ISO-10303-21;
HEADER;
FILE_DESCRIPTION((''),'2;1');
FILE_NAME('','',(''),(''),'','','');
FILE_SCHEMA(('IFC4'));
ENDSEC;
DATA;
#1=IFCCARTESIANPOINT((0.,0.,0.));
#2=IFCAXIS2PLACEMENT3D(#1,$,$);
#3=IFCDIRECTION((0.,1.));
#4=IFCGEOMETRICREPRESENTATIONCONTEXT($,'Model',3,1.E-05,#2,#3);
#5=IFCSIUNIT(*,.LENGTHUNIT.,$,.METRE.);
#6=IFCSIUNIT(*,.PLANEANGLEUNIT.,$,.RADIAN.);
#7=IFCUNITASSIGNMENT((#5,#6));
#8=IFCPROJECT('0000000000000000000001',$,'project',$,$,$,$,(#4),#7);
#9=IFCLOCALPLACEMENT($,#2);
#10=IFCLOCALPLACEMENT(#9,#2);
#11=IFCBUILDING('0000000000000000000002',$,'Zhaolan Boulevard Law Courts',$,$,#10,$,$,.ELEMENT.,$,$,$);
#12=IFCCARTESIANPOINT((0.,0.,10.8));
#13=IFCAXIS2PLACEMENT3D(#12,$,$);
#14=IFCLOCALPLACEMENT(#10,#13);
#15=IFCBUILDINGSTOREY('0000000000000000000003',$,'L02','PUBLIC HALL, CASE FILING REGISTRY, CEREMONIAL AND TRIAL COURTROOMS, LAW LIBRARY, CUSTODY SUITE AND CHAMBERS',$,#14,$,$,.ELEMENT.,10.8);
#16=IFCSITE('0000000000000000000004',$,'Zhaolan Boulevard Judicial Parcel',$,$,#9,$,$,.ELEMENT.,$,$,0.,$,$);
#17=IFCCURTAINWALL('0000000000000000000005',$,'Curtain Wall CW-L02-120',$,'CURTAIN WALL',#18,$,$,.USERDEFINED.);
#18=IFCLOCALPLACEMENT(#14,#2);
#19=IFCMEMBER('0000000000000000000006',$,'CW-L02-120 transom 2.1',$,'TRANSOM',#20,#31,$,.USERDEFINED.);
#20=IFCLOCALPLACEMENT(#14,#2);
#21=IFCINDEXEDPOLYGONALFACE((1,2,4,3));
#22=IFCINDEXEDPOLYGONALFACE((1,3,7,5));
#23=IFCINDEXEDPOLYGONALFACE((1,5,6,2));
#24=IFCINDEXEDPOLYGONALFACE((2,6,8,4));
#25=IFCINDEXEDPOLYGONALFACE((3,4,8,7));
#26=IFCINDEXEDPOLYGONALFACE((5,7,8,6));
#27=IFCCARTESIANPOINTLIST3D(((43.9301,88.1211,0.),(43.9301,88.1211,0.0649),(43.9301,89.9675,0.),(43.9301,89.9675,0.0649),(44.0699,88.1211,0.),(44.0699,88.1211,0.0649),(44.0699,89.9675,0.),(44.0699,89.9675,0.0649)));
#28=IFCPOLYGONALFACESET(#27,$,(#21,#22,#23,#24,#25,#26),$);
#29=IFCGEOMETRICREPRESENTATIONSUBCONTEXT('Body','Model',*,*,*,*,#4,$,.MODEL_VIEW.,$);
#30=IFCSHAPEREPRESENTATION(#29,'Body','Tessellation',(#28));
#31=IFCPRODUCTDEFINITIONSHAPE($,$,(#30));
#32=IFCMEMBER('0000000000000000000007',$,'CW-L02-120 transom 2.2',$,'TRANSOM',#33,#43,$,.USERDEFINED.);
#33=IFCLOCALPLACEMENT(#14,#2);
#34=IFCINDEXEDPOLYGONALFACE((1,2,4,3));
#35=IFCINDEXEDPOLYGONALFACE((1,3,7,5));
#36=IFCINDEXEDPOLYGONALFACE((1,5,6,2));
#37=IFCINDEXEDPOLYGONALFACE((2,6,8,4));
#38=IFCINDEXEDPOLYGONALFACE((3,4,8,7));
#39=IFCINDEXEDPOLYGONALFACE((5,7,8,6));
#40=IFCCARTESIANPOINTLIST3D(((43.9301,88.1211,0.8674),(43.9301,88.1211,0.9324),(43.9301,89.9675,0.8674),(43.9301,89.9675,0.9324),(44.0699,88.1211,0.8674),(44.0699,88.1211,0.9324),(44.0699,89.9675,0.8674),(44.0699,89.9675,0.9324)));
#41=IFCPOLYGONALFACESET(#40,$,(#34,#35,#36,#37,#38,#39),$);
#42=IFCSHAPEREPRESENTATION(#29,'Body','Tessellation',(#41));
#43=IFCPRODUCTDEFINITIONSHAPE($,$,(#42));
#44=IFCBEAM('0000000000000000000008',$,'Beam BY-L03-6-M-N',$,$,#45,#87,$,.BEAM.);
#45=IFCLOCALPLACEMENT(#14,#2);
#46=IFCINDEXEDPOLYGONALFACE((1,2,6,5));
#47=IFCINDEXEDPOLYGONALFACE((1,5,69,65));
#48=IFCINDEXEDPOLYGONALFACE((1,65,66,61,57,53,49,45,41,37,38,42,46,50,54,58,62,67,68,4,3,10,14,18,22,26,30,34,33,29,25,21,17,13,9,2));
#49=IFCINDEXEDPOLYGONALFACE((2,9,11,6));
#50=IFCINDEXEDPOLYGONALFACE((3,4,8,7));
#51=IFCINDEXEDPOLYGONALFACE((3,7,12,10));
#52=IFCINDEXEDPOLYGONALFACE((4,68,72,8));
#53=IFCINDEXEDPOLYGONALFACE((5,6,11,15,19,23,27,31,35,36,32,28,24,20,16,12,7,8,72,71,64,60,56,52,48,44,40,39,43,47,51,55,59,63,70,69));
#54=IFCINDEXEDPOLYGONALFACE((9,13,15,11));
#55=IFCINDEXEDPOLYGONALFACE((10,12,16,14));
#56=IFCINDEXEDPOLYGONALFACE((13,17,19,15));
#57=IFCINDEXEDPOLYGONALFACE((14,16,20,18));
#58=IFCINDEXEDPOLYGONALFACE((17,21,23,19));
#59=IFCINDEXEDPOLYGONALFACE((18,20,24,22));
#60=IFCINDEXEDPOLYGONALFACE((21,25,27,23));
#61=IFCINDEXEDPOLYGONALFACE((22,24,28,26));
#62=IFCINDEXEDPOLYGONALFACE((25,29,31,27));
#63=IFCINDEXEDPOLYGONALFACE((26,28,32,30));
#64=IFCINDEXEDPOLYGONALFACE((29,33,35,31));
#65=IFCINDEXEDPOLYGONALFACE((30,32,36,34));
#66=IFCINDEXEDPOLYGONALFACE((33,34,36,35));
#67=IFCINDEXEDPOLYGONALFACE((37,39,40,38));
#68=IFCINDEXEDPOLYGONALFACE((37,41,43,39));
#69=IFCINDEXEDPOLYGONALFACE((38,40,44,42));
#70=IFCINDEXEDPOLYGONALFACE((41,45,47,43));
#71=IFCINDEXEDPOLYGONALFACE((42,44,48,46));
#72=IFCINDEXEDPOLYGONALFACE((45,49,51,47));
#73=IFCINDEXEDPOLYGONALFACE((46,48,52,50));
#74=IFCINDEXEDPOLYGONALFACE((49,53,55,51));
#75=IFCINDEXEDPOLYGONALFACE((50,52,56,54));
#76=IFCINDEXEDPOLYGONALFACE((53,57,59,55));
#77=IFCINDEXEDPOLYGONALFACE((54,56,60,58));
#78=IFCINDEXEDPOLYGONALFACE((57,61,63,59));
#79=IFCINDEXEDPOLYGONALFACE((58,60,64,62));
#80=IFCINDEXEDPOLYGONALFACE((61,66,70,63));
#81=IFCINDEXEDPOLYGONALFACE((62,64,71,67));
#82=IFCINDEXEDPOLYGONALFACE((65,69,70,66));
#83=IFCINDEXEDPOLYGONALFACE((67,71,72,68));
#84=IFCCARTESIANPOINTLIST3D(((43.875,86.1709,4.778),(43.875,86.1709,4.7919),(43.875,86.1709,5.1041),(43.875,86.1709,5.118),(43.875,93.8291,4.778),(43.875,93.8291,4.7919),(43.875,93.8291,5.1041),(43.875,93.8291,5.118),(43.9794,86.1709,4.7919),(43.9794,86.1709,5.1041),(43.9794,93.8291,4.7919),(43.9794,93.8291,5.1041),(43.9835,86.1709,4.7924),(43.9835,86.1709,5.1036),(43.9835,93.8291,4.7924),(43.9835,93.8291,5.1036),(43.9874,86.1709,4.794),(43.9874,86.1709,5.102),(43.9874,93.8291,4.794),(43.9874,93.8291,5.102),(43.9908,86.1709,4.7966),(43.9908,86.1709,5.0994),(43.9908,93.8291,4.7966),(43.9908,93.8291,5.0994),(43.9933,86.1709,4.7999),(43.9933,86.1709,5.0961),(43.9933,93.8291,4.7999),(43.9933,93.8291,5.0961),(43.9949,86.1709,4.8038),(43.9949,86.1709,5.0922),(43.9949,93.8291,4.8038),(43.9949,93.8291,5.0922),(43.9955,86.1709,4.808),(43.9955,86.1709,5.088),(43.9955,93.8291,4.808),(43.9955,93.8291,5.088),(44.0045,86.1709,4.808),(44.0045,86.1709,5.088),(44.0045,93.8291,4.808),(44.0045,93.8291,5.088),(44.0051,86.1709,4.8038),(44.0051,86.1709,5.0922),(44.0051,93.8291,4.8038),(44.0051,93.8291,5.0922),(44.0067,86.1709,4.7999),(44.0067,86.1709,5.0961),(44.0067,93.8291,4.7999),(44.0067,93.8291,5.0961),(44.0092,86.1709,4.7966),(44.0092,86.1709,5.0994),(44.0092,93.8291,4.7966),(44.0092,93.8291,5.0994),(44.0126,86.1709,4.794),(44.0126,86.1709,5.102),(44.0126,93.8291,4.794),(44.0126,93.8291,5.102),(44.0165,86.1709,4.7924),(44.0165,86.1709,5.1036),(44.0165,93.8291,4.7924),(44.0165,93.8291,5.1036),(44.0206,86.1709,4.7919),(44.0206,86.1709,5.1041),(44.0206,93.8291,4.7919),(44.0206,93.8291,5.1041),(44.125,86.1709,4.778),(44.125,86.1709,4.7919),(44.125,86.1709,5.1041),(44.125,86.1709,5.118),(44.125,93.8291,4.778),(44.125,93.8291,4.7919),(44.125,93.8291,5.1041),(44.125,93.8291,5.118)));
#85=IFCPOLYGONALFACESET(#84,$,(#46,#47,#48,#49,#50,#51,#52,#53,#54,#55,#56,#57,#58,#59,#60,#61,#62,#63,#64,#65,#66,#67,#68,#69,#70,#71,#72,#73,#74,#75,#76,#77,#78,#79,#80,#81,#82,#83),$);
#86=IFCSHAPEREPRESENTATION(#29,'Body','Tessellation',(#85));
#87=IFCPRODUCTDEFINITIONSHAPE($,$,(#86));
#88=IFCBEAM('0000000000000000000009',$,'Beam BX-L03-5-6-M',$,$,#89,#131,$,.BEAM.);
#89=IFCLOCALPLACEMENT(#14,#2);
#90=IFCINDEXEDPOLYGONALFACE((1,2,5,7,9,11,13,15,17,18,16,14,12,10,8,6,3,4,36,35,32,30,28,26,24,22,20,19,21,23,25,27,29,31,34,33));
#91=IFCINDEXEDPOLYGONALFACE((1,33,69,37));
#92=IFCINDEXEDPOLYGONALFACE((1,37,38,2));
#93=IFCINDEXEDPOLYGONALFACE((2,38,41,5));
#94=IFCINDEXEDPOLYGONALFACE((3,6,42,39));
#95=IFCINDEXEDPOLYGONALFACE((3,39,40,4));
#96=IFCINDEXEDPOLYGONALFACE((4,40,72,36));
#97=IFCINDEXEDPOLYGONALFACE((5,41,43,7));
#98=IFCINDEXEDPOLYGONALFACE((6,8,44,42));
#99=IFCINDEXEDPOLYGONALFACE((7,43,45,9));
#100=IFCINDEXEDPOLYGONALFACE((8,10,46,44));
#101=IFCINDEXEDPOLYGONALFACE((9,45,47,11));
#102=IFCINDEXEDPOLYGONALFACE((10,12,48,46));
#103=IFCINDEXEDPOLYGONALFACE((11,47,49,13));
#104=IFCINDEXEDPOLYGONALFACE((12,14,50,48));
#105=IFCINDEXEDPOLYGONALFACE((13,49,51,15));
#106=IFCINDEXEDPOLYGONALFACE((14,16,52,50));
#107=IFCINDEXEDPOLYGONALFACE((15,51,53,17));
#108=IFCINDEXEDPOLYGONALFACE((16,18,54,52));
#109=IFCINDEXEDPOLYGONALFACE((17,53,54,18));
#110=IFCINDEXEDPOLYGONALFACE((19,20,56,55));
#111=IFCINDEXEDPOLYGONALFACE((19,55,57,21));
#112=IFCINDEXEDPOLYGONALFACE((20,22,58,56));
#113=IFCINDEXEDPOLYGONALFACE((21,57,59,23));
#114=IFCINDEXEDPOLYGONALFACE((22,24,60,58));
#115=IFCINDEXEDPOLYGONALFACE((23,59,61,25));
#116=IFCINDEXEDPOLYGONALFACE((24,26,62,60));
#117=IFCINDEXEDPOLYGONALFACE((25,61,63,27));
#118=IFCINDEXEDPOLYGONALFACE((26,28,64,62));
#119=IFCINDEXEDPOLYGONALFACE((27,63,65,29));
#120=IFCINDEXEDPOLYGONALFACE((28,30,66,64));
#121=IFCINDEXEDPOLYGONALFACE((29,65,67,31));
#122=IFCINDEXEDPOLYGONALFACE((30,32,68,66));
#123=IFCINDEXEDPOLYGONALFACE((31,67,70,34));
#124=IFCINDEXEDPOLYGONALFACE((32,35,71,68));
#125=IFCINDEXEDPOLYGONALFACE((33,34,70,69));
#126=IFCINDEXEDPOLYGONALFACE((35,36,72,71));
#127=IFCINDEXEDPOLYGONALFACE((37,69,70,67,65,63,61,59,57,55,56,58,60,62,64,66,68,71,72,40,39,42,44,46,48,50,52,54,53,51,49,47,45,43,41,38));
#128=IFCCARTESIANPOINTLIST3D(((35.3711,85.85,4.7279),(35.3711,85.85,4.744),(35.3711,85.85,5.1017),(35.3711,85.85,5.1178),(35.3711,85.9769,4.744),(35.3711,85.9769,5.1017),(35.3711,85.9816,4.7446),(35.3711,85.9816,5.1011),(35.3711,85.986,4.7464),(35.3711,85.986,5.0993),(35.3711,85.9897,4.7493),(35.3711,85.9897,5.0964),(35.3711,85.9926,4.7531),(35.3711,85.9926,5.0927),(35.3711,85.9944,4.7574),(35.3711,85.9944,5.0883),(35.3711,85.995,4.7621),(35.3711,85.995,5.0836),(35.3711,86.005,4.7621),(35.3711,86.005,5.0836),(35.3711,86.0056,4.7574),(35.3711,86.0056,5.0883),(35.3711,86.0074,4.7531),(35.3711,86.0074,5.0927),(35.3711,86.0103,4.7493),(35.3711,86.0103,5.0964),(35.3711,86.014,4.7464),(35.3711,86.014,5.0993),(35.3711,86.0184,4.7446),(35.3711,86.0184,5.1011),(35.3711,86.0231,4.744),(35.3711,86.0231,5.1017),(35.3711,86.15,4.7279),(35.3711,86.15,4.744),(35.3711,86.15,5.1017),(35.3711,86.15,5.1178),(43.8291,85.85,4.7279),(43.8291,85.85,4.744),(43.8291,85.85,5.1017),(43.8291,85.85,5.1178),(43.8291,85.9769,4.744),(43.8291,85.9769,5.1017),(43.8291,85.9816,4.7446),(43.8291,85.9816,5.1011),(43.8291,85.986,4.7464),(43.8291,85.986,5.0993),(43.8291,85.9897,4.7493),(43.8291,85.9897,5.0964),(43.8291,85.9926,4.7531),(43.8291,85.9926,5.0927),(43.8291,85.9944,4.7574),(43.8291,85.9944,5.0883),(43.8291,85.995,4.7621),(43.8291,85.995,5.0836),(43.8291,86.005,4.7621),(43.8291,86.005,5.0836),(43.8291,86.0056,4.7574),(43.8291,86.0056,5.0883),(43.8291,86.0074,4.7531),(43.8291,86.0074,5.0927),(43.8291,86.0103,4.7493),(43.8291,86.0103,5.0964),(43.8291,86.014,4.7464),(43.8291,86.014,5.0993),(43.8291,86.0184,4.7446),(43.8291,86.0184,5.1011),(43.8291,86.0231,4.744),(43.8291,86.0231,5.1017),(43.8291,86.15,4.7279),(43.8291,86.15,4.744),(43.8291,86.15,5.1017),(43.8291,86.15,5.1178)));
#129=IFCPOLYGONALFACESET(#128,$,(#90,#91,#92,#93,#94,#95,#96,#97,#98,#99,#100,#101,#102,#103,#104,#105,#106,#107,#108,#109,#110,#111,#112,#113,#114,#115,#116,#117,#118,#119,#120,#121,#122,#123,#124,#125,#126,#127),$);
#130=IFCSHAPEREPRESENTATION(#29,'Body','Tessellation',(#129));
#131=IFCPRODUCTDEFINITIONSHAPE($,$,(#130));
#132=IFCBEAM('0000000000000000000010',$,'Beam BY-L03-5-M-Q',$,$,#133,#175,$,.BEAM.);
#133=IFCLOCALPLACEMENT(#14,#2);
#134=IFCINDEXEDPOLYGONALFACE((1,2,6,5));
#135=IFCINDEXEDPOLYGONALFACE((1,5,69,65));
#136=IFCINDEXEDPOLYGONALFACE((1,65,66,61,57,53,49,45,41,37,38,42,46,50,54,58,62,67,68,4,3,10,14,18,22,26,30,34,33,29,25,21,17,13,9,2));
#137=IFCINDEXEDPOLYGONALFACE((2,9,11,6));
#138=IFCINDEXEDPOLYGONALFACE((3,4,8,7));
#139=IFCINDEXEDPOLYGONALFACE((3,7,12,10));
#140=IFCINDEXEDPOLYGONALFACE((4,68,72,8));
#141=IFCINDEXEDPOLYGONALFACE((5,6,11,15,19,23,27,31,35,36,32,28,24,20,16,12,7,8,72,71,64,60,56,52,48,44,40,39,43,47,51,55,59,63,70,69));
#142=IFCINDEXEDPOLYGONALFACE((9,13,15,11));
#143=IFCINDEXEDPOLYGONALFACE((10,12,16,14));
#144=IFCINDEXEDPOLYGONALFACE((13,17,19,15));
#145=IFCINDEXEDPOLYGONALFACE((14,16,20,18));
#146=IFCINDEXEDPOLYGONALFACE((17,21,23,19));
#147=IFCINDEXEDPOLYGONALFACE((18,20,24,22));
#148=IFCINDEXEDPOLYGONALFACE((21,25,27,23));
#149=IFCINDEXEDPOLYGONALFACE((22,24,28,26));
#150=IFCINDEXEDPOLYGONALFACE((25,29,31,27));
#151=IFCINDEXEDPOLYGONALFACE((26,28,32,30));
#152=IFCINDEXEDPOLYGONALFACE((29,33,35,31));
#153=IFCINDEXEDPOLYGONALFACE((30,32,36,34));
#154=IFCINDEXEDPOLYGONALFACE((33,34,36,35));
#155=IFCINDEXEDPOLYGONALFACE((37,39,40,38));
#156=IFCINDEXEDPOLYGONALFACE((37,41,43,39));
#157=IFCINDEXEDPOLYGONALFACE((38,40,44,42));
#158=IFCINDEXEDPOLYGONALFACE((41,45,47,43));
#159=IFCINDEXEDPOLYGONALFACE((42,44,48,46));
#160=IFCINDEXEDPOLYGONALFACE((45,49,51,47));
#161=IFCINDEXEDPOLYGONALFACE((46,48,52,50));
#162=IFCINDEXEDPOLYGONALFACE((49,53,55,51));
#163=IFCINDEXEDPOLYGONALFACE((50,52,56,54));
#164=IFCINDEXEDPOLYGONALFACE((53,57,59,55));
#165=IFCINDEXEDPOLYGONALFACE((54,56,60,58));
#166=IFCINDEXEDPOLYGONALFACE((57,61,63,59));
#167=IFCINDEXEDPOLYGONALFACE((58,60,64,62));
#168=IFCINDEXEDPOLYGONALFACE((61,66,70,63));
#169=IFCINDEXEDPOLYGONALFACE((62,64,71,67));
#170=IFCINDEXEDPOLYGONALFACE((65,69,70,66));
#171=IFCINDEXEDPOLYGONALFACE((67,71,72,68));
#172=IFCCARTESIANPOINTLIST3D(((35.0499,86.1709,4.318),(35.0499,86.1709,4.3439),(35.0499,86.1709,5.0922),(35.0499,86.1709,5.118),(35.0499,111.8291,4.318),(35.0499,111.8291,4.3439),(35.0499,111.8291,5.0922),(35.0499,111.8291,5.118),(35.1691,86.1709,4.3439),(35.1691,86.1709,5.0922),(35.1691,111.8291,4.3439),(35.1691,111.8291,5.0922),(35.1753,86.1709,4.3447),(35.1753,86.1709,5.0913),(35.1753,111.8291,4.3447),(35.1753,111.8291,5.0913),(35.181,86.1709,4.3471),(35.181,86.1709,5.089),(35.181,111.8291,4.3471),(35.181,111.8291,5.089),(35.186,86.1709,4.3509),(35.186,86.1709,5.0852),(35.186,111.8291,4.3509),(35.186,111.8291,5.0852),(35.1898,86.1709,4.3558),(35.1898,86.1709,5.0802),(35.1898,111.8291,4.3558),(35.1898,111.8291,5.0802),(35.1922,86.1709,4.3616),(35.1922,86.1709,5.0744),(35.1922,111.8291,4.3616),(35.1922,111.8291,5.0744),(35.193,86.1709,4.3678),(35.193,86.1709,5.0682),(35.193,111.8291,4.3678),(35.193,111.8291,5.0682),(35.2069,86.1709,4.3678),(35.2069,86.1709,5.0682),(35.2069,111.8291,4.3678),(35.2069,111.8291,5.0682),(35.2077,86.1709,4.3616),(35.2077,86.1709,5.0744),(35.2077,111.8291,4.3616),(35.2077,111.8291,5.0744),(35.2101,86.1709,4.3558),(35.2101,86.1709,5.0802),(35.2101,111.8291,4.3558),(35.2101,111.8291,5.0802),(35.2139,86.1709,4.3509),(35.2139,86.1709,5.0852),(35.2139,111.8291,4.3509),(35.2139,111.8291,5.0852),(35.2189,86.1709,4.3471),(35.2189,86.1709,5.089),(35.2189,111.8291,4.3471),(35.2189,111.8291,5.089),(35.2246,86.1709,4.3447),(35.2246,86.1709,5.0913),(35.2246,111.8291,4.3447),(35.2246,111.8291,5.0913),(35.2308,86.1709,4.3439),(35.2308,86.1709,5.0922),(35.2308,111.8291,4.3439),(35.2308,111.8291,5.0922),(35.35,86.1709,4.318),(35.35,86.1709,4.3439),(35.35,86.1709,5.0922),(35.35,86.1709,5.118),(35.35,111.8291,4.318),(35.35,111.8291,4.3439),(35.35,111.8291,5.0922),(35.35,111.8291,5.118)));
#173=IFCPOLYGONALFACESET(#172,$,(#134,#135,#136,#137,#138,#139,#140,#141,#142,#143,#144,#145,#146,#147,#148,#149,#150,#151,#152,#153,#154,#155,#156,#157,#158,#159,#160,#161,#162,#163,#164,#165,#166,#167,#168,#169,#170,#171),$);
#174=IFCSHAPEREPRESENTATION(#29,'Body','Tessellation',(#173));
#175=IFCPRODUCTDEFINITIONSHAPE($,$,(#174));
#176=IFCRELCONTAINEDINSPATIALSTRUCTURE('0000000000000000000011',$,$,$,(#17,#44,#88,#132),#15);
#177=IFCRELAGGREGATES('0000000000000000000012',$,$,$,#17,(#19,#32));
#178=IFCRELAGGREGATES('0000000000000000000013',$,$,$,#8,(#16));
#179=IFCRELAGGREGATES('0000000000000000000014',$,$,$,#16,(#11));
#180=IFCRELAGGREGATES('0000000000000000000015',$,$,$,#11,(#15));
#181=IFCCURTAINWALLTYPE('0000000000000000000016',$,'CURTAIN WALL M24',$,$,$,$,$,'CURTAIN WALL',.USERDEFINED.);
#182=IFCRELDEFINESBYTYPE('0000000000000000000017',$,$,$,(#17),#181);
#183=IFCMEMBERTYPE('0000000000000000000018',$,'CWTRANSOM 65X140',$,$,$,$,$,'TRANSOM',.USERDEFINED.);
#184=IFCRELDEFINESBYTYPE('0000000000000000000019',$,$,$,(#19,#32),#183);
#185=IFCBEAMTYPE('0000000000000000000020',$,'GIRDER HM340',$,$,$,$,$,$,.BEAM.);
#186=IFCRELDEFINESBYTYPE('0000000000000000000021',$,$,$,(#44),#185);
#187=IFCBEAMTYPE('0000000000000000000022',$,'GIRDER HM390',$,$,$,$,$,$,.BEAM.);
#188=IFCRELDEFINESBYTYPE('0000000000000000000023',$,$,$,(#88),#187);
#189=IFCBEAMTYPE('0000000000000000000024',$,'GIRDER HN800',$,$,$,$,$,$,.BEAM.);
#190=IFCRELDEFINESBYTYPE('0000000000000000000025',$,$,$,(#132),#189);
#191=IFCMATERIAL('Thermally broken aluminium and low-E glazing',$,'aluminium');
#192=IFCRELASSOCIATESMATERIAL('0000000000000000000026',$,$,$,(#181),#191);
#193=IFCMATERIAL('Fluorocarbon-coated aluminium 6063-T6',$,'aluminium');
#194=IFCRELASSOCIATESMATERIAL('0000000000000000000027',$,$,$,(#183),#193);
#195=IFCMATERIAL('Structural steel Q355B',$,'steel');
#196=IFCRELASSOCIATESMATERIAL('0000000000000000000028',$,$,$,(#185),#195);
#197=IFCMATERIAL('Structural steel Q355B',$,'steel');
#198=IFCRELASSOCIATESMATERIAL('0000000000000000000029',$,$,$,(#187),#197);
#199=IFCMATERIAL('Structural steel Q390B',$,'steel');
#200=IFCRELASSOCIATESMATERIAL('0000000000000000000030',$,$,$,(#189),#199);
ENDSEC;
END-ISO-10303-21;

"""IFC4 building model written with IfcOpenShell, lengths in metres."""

from ifc_helpers import new_model, si_unit, direction, frame, origin, origin_2d, place, context, subcontext, project, spatial, rectangle, i_section, extrude, material, material_profile, profile_set, type_object, element, aggregate, save


model = new_model("IFC4")

# Units and contexts
model_context = context("Model", 3, precision=1e-05, world=origin(), true_north=direction((0.0, 1.0)))
body_context = subcontext(model_context, "Body", "Model", "MODEL_VIEW")
ifc_project = project(units=[si_unit("LENGTHUNIT", "METRE"), si_unit("PLANEANGLEUNIT", "RADIAN")], contexts=[model_context])

# Site, building, storey
site_placement = place(None, origin())
site = spatial("IfcSite", under=ifc_project, at=site_placement, Name="Zhaolan Boulevard Judicial Parcel", CompositionType="ELEMENT", RefElevation=0.0)
building_placement = place(site_placement, origin())
building = spatial("IfcBuilding", under=site, at=building_placement, Name="Zhaolan Boulevard Law Courts", CompositionType="ELEMENT")
storey_placement = place(building_placement, frame((0.0, 0.0, 10.8)))
storey = spatial("IfcBuildingStorey", under=building, at=storey_placement, Name="L02", Description="PUBLIC HALL, CASE FILING REGISTRY, CEREMONIAL AND TRIAL COURTROOMS, LAW LIBRARY, CUSTODY SUITE AND CHAMBERS", CompositionType="ELEMENT", Elevation=10.8)

# Curtain wall, members
ifc_material_1 = material(Name="Thermally broken aluminium and low-E glazing", Category="aluminium")
curtain_wall_type_1 = type_object("IfcCurtainWallType", Name="CURTAIN WALL M24", ElementType="CURTAIN WALL", PredefinedType="USERDEFINED", material=ifc_material_1)
curtain_wall_1_placement = place(storey_placement, origin())
curtain_wall_1 = element("IfcCurtainWall", 1, at=curtain_wall_1_placement, inside=storey, type_object=curtain_wall_type_1, Name="Curtain Wall CW-L02-120", ObjectType="CURTAIN WALL", PredefinedType="USERDEFINED")
ifc_material_2 = material(Name="Fluorocarbon-coated aluminium 6063-T6", Category="aluminium")
ifc_material_profile_1 = material_profile(ifc_material_2, rectangle(XDim=0.1399, YDim=0.0649, at=origin_2d()), Name="AL65x140")
ifc_profile_set_1 = profile_set([ifc_material_profile_1], Name="Fluorocarbon-coated aluminium 6063-T6")
member_type_1 = type_object("IfcMemberType", Name="CWTRANSOM 65X140", ElementType="TRANSOM", PredefinedType="USERDEFINED", material=ifc_profile_set_1)
member_1_placement = place(storey_placement, frame((44.0, 88.1211, 0.0325), z_axis=(0.0, 1.0, 0.0), x_axis=(-1.0, 0.0, 0.0)))
member_1 = element("IfcMember", 2, at=member_1_placement, type_object=member_type_1, Name="CW-L02-120 transom 2.1", ObjectType="TRANSOM", PredefinedType="USERDEFINED", context=body_context, shape_type="SweptSolid", body=[
    extrude(rectangle(XDim=0.1399, YDim=0.0649, at=origin_2d()), origin(), (0.0, 0.0, 1.0), 1.8464),
])
member_2_placement = place(storey_placement, frame((44.0, 88.1211, 0.8999), z_axis=(0.0, 1.0, 0.0), x_axis=(-1.0, 0.0, 0.0)))
member_2 = element("IfcMember", 3, at=member_2_placement, type_object=member_type_1, Name="CW-L02-120 transom 2.2", ObjectType="TRANSOM", PredefinedType="USERDEFINED", context=body_context, shape_type="SweptSolid", body=[
    extrude(rectangle(XDim=0.1399, YDim=0.0649, at=origin_2d()), origin(), (0.0, 0.0, 1.0), 1.8464),
])

# Beams
ifc_material_3 = material(Name="Structural steel Q355B", Category="steel")
ifc_material_profile_2 = material_profile(ifc_material_3, i_section(OverallWidth=0.25, OverallDepth=0.3401, WebThickness=0.009, FlangeThickness=0.0139, FilletRadius=0.0161, at=origin_2d()), Name="HM340x250")
ifc_profile_set_2 = profile_set([ifc_material_profile_2], Name="Structural steel Q355B")
beam_type_1 = type_object("IfcBeamType", Name="GIRDER HM340", PredefinedType="BEAM", material=ifc_profile_set_2)
beam_1_placement = place(storey_placement, frame((44.0, 86.1709, 4.948), z_axis=(0.0, 1.0, 0.0), x_axis=(-1.0, 0.0, 0.0)))
element("IfcBeam", 4, at=beam_1_placement, inside=storey, type_object=beam_type_1, Name="Beam BY-L03-6-M-N", PredefinedType="BEAM", context=body_context, shape_type="SweptSolid", body=[
    extrude(i_section(OverallWidth=0.25, OverallDepth=0.3401, WebThickness=0.009, FlangeThickness=0.0139, FilletRadius=0.0161, at=origin_2d()), origin(), (0.0, 0.0, 1.0), 7.6582),
])
ifc_material_4 = material(Name="Structural steel Q355B", Category="steel")
ifc_material_profile_3 = material_profile(ifc_material_4, i_section(OverallWidth=0.3, OverallDepth=0.3899, WebThickness=0.01, FlangeThickness=0.0161, FilletRadius=0.0181, at=origin_2d()), Name="HM390x300")
ifc_profile_set_3 = profile_set([ifc_material_profile_3], Name="Structural steel Q355B")
beam_type_2 = type_object("IfcBeamType", Name="GIRDER HM390", PredefinedType="BEAM", material=ifc_profile_set_3)
beam_2_placement = place(storey_placement, frame((35.3711, 86.0, 4.9229), z_axis=(1.0, 0.0, 0.0), x_axis=(0.0, 1.0, 0.0)))
element("IfcBeam", 5, at=beam_2_placement, inside=storey, type_object=beam_type_2, Name="Beam BX-L03-5-6-M", PredefinedType="BEAM", context=body_context, shape_type="SweptSolid", body=[
    extrude(i_section(OverallWidth=0.3, OverallDepth=0.3899, WebThickness=0.01, FlangeThickness=0.0161, FilletRadius=0.0181, at=origin_2d()), origin(), (0.0, 0.0, 1.0), 8.458),
])
ifc_material_5 = material(Name="Structural steel Q390B", Category="steel")
ifc_material_profile_4 = material_profile(ifc_material_5, i_section(OverallWidth=0.3, OverallDepth=0.8, WebThickness=0.0139, FlangeThickness=0.0259, FilletRadius=0.0239, at=origin_2d()), Name="HN800x300")
ifc_profile_set_4 = profile_set([ifc_material_profile_4], Name="Structural steel Q390B")
beam_type_3 = type_object("IfcBeamType", Name="GIRDER HN800", PredefinedType="BEAM", material=ifc_profile_set_4)
beam_3_placement = place(storey_placement, frame((35.2, 86.1709, 4.718), z_axis=(0.0, 1.0, 0.0), x_axis=(-1.0, 0.0, 0.0)))
element("IfcBeam", 6, at=beam_3_placement, inside=storey, type_object=beam_type_3, Name="Beam BY-L03-5-M-Q", PredefinedType="BEAM", context=body_context, shape_type="SweptSolid", body=[
    extrude(i_section(OverallWidth=0.3, OverallDepth=0.8, WebThickness=0.0139, FlangeThickness=0.0259, FilletRadius=0.0239, at=origin_2d()), origin(), (0.0, 0.0, 1.0), 25.6582),
])

aggregate(curtain_wall_1, [member_1, member_2])

save(model, "model.ifc")
